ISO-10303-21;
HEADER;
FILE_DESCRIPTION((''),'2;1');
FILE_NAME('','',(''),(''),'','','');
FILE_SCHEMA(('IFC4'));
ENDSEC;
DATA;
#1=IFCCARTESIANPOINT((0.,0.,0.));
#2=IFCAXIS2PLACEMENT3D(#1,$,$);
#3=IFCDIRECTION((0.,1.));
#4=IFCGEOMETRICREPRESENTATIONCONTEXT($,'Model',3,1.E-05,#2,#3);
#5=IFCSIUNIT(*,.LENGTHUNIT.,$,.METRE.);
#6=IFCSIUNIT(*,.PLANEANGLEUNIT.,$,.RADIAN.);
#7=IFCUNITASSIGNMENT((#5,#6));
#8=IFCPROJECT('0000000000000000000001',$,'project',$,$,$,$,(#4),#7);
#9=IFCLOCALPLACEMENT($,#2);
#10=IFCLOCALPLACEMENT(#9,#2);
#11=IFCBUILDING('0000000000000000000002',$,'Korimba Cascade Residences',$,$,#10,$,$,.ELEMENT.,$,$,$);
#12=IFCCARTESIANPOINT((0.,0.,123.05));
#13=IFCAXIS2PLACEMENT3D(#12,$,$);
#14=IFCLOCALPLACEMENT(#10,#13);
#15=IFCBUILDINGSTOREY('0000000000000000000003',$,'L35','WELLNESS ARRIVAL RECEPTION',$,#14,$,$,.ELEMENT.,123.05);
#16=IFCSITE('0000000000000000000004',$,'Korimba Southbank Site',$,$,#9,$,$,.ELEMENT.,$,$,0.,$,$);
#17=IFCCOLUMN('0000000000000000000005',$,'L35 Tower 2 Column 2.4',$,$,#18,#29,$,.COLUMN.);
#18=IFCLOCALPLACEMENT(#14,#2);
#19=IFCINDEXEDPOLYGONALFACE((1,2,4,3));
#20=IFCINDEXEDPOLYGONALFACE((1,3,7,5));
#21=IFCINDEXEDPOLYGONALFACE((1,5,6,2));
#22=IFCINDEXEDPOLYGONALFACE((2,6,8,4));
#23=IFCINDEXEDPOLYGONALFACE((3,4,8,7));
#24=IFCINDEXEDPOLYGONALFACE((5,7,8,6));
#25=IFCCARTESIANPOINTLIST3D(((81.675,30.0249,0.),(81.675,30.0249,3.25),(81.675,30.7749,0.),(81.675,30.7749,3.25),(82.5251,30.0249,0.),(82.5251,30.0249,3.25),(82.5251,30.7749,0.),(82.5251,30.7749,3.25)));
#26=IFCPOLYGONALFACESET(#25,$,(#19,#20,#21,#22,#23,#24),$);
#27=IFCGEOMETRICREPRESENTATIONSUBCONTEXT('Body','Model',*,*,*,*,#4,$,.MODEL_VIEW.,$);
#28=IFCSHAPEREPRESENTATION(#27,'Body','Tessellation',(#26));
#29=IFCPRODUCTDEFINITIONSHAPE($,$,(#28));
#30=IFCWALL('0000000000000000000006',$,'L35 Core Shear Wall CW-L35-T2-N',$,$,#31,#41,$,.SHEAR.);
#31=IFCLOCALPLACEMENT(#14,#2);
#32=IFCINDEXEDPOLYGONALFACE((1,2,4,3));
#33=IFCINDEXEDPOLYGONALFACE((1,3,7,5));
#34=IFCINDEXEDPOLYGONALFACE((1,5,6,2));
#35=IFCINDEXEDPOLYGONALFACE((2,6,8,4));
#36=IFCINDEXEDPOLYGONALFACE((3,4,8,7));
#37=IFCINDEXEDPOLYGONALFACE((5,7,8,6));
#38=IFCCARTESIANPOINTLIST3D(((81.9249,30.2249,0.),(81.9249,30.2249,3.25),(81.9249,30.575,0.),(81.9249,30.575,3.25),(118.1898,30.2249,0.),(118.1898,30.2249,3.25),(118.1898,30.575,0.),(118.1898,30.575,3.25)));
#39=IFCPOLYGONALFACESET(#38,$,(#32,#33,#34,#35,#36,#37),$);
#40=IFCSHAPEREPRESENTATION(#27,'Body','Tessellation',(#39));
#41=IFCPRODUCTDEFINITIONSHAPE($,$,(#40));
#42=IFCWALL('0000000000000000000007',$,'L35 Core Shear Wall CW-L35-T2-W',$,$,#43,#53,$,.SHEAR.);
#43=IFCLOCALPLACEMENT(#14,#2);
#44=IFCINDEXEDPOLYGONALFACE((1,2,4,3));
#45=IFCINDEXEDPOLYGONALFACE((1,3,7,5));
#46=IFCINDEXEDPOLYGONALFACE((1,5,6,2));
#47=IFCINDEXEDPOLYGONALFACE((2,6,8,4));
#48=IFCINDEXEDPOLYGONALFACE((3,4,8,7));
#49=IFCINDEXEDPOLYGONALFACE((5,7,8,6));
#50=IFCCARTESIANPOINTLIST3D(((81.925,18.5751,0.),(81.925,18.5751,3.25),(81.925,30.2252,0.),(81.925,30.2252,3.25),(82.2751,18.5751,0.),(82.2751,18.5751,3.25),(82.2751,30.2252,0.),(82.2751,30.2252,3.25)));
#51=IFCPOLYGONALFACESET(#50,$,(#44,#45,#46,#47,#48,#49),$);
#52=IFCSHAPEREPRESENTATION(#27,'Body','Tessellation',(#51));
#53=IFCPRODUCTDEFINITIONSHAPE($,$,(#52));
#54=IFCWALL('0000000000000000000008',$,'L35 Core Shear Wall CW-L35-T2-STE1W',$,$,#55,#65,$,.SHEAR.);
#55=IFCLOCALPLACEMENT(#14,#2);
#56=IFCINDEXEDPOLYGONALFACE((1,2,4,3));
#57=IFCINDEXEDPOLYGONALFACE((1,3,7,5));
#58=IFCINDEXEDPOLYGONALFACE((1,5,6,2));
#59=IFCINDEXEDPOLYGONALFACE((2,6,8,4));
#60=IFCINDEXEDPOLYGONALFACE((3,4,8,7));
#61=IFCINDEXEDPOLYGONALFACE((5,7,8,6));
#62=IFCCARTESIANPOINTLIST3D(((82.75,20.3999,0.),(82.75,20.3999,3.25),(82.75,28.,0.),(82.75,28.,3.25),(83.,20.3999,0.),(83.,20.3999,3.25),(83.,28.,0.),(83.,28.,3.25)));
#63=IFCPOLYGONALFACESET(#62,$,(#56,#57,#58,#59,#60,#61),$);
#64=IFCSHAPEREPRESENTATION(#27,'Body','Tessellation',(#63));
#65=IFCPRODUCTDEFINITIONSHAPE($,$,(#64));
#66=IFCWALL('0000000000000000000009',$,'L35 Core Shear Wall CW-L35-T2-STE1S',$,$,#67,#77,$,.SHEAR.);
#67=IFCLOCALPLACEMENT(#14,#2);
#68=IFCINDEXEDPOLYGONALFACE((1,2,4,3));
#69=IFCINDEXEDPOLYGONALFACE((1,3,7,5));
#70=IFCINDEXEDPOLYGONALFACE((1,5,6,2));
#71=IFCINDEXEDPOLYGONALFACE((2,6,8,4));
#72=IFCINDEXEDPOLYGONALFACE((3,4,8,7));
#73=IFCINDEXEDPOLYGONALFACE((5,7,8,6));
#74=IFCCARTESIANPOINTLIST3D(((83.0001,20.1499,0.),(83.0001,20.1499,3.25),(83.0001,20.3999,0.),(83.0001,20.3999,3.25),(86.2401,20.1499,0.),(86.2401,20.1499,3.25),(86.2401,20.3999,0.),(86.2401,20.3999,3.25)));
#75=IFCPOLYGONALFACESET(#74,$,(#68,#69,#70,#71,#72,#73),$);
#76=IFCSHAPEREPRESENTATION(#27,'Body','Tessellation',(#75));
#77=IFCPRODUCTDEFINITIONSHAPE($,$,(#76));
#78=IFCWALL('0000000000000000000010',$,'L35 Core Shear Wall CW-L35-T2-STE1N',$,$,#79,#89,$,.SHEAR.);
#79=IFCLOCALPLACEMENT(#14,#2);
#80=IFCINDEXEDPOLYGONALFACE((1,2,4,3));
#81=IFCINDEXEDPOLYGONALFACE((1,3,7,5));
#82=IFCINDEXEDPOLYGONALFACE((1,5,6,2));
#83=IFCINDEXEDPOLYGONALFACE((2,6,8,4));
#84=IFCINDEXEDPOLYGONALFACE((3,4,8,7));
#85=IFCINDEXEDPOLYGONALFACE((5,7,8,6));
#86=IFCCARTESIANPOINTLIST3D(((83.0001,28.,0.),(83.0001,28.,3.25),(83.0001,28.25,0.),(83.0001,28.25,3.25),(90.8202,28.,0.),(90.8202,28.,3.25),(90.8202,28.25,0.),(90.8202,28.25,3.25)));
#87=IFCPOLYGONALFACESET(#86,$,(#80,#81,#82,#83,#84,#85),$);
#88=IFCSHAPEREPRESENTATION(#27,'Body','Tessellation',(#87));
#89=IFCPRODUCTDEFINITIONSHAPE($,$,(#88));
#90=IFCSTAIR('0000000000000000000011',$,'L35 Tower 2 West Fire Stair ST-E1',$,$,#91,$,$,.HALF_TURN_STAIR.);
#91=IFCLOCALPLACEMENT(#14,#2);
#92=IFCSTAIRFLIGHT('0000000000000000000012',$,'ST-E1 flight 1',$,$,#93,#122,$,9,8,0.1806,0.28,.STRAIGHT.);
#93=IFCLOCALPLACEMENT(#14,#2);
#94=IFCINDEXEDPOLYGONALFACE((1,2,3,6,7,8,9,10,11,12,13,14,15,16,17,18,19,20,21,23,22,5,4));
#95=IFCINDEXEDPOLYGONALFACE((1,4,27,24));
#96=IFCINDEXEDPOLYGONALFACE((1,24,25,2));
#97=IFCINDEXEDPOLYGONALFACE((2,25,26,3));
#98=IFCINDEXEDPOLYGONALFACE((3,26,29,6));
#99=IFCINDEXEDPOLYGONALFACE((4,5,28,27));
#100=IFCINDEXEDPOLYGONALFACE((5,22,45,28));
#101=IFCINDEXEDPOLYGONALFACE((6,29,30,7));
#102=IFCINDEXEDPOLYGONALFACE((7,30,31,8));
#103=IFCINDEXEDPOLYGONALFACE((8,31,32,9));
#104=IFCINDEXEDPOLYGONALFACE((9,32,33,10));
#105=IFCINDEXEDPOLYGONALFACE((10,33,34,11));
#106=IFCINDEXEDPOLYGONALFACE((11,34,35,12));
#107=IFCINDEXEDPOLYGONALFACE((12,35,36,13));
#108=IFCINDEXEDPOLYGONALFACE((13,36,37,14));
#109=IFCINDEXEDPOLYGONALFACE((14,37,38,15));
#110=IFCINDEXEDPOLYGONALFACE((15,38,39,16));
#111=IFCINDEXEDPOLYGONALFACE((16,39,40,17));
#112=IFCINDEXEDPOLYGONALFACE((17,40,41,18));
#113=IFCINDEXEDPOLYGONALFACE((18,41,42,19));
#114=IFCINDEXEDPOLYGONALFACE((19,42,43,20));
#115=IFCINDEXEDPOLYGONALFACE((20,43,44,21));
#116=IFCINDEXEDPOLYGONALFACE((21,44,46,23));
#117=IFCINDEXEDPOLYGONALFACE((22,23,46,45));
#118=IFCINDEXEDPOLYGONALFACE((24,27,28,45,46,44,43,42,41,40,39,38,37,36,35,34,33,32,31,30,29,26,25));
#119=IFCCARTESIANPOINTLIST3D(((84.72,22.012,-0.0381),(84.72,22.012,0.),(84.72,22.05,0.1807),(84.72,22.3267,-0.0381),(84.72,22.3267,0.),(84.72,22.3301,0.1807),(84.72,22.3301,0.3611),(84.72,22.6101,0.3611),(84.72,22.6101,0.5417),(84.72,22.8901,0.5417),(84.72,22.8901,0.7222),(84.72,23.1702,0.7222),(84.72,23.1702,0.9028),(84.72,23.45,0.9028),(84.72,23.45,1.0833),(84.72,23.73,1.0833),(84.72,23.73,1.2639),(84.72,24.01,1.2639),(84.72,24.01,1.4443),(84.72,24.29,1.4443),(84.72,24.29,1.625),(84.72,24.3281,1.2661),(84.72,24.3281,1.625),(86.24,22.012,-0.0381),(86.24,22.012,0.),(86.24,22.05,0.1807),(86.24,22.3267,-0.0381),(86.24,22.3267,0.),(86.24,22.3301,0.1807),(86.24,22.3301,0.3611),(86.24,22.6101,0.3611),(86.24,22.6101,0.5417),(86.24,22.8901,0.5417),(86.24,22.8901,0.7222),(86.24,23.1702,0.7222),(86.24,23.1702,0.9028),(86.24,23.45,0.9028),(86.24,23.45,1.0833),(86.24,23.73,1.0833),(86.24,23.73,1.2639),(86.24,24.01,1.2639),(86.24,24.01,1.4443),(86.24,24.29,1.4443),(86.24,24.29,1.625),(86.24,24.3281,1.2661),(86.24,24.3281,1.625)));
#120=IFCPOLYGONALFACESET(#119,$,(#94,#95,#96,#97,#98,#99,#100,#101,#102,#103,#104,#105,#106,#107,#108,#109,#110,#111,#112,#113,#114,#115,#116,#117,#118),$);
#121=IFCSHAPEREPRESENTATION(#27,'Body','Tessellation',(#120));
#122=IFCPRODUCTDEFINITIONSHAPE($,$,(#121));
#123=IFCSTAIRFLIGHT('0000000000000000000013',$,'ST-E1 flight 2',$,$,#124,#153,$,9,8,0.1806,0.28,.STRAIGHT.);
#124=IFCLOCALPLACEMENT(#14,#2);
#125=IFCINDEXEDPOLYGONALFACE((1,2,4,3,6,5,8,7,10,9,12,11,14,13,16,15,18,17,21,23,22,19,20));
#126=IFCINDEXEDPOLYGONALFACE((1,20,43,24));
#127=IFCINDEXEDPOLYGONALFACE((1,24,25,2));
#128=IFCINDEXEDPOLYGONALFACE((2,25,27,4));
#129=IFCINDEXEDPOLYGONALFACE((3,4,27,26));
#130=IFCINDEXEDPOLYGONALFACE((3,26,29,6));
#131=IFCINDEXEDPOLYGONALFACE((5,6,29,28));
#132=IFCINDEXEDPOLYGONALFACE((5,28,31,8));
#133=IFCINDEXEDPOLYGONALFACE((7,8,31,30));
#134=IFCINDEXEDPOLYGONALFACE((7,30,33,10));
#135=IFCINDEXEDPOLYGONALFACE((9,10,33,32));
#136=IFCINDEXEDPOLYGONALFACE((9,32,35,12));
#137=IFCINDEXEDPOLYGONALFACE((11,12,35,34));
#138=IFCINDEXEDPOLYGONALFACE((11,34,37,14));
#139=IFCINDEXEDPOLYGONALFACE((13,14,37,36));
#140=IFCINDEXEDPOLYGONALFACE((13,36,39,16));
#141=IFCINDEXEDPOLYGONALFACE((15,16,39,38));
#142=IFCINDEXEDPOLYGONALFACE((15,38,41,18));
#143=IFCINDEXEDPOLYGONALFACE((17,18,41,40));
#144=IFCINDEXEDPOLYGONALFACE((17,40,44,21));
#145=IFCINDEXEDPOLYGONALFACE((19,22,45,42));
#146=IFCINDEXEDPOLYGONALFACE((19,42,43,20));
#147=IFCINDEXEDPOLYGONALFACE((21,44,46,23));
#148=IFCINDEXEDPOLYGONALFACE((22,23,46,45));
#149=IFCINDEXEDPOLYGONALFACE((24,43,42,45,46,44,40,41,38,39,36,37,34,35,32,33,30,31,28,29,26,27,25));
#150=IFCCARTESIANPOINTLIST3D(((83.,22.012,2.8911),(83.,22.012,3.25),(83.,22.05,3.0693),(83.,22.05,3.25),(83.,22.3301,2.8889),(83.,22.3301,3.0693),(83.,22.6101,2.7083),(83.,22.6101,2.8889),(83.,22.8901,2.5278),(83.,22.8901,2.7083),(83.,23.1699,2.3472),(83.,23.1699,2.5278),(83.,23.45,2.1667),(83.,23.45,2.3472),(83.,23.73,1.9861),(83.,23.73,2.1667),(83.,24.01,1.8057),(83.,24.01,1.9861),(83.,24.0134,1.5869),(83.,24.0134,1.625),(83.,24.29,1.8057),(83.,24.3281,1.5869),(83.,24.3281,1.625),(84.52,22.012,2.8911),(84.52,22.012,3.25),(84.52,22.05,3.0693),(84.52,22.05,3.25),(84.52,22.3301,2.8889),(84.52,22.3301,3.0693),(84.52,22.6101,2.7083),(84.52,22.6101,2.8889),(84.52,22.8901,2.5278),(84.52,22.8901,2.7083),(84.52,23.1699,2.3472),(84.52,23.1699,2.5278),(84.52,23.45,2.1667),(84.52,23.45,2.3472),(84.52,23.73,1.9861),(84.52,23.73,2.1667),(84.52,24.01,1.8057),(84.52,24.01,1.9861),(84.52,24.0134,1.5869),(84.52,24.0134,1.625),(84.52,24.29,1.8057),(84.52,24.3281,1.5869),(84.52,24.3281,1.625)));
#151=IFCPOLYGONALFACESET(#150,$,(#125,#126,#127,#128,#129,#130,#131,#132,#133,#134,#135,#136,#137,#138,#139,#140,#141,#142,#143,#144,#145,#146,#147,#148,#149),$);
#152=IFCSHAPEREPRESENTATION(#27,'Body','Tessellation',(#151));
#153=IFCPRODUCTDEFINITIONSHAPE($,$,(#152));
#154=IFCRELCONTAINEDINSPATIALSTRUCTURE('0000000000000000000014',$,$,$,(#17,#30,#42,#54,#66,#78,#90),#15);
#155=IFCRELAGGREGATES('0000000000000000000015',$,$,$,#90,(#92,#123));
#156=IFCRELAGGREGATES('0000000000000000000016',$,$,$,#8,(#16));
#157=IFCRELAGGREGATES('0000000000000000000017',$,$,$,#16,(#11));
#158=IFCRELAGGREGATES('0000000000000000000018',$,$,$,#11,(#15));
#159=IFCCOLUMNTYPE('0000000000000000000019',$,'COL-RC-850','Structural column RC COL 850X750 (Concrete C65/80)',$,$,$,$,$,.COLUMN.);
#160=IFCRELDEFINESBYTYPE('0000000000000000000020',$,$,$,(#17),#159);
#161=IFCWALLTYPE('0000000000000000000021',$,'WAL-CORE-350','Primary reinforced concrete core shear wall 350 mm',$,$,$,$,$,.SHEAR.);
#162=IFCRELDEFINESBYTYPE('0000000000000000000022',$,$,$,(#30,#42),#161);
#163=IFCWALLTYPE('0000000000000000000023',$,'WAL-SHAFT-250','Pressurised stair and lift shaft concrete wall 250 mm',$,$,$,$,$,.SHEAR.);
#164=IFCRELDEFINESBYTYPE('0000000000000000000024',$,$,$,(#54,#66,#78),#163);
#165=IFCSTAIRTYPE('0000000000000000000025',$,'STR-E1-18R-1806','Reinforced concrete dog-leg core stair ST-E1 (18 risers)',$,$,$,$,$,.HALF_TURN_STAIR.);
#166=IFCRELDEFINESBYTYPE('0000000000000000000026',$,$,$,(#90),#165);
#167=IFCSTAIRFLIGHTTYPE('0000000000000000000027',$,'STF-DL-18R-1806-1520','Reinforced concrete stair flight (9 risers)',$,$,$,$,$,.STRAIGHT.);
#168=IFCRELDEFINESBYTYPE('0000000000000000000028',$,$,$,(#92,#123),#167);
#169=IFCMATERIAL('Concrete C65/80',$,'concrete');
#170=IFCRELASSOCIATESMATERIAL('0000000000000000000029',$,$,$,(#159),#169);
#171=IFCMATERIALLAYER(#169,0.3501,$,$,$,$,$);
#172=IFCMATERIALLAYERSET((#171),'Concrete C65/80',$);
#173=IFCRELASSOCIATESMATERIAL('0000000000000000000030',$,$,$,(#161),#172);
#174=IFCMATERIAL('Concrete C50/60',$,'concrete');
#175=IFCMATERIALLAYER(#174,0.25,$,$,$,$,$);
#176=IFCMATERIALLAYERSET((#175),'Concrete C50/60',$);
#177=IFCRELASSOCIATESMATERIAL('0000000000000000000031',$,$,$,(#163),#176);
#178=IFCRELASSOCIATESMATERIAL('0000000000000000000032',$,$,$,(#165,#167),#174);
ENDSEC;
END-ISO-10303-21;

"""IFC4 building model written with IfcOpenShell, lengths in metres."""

from ifc_helpers import new_model, si_unit, direction, frame, frame_2d, origin, origin_2d, place, context, subcontext, project, spatial, polyline, rectangle, outline, extrude, material, layer, layer_set, material_profile, profile_set, type_object, element, aggregate, save


model = new_model("IFC4")

# Units and contexts
model_context = context("Model", 3, precision=1e-05, world=origin(), true_north=direction((0.0, 1.0)))
body_context = subcontext(model_context, "Body", "Model", "MODEL_VIEW")
ifc_project = project(units=[si_unit("LENGTHUNIT", "METRE"), si_unit("PLANEANGLEUNIT", "RADIAN")], contexts=[model_context])

# Site, building, storey
site_placement = place(None, origin())
site = spatial("IfcSite", under=ifc_project, at=site_placement, Name="Korimba Southbank Site", CompositionType="ELEMENT", RefElevation=0.0)
building_placement = place(site_placement, origin())
building = spatial("IfcBuilding", under=site, at=building_placement, Name="Korimba Cascade Residences", CompositionType="ELEMENT")
storey_placement = place(building_placement, frame((0.0, 0.0, 123.05)))
storey = spatial("IfcBuildingStorey", under=building, at=storey_placement, Name="L35", Description="WELLNESS ARRIVAL RECEPTION", CompositionType="ELEMENT", Elevation=123.05)

# Column
ifc_material_1 = material(Name="Concrete C65/80", Category="concrete")
ifc_material_profile = material_profile(ifc_material_1, rectangle(XDim=0.8501, YDim=0.75, at=origin_2d()), Name="Concrete C65/80")
ifc_profile_set = profile_set([ifc_material_profile], Name="Concrete C65/80")
column_type = type_object("IfcColumnType", Name="COL-RC-850", Description="Structural column RC COL 850X750 (Concrete C65/80)", PredefinedType="COLUMN", material=ifc_profile_set)
column_placement = place(storey_placement, frame((82.1001, 30.3999, 0.0), z_axis=(0.0, 0.0, 1.0), x_axis=(1.0, 0.0, 0.0)))
element("IfcColumn", 1, at=column_placement, inside=storey, type_object=column_type, Name="L35 Tower 2 Column 2.4", PredefinedType="COLUMN", context=body_context, shape_type="SweptSolid", body=[
    extrude(rectangle(XDim=0.8501, YDim=0.75, at=origin_2d()), origin(), (0.0, 0.0, 1.0), 3.25),
])

# Walls
ifc_layer_1 = layer(ifc_material_1, 0.3501)
ifc_layer_set_1 = layer_set([ifc_layer_1], Name="Concrete C65/80")
wall_type_1 = type_object("IfcWallType", Name="WAL-CORE-350", Description="Primary reinforced concrete core shear wall 350 mm", PredefinedType="SHEAR", material=ifc_layer_set_1)
wall_1_placement = place(storey_placement, frame((81.925, 30.3999, 0.0), z_axis=(0.0, 0.0, 1.0), x_axis=(1.0, 0.0, 0.0)))
element("IfcWall", 2, at=wall_1_placement, inside=storey, type_object=wall_type_1, Name="L35 Core Shear Wall CW-L35-T2-N", PredefinedType="SHEAR", context=body_context, shape_type="SweptSolid", body=[
    extrude(rectangle(XDim=36.2649, YDim=0.3501, at=frame_2d((18.1323, 0.0))), origin(), (0.0, 0.0, 1.0), 3.25),
])
wall_2_placement = place(storey_placement, frame((82.1001, 18.575, 0.0), z_axis=(0.0, 0.0, 1.0), x_axis=(0.0, 1.0, 0.0)))
element("IfcWall", 3, at=wall_2_placement, inside=storey, type_object=wall_type_1, Name="L35 Core Shear Wall CW-L35-T2-W", PredefinedType="SHEAR", context=body_context, shape_type="SweptSolid", body=[
    extrude(rectangle(XDim=11.6501, YDim=0.3501, at=frame_2d((5.8252, 0.0))), origin(), (0.0, 0.0, 1.0), 3.25),
])
ifc_material_2 = material(Name="Concrete C50/60", Category="concrete")
ifc_layer_2 = layer(ifc_material_2, 0.25)
ifc_layer_set_2 = layer_set([ifc_layer_2], Name="Concrete C50/60")
wall_type_2 = type_object("IfcWallType", Name="WAL-SHAFT-250", Description="Pressurised stair and lift shaft concrete wall 250 mm", PredefinedType="SHEAR", material=ifc_layer_set_2)
wall_3_placement = place(storey_placement, frame((82.875, 20.3999, 0.0), z_axis=(0.0, 0.0, 1.0), x_axis=(0.0, 1.0, 0.0)))
element("IfcWall", 4, at=wall_3_placement, inside=storey, type_object=wall_type_2, Name="L35 Core Shear Wall CW-L35-T2-STE1W", PredefinedType="SHEAR", context=body_context, shape_type="SweptSolid", body=[
    extrude(rectangle(XDim=7.6001, YDim=0.25, at=frame_2d((3.8, 0.0))), origin(), (0.0, 0.0, 1.0), 3.25),
])
wall_4_placement = place(storey_placement, frame((83.0, 20.2749, 0.0), z_axis=(0.0, 0.0, 1.0), x_axis=(1.0, 0.0, 0.0)))
element("IfcWall", 5, at=wall_4_placement, inside=storey, type_object=wall_type_2, Name="L35 Core Shear Wall CW-L35-T2-STE1S", PredefinedType="SHEAR", context=body_context, shape_type="SweptSolid", body=[
    extrude(rectangle(XDim=3.24, YDim=0.25, at=frame_2d((1.6201, 0.0))), origin(), (0.0, 0.0, 1.0), 3.25),
])
wall_5_placement = place(storey_placement, frame((83.0, 28.125, 0.0), z_axis=(0.0, 0.0, 1.0), x_axis=(1.0, 0.0, 0.0)))
element("IfcWall", 6, at=wall_5_placement, inside=storey, type_object=wall_type_2, Name="L35 Core Shear Wall CW-L35-T2-STE1N", PredefinedType="SHEAR", context=body_context, shape_type="SweptSolid", body=[
    extrude(rectangle(XDim=7.8201, YDim=0.25, at=frame_2d((3.9102, 0.0))), origin(), (0.0, 0.0, 1.0), 3.25),
])

# Stair, stair flights
stair_type = type_object("IfcStairType", Name="STR-E1-18R-1806", Description="Reinforced concrete dog-leg core stair ST-E1 (18 risers)", PredefinedType="HALF_TURN_STAIR", material=ifc_material_2)
stair_placement = place(storey_placement, origin())
stair = element("IfcStair", 7, at=stair_placement, inside=storey, type_object=stair_type, Name="L35 Tower 2 West Fire Stair ST-E1", PredefinedType="HALF_TURN_STAIR")
stair_flight_type = type_object("IfcStairFlightType", Name="STF-DL-18R-1806-1520", Description="Reinforced concrete stair flight (9 risers)", PredefinedType="STRAIGHT", material=ifc_material_2)
stair_flight_1_placement = place(storey_placement, frame((85.48, 22.05, 0.0), z_axis=(0.0, 0.0, 1.0), x_axis=(0.0, 1.0, 0.0)))
stair_flight_1 = element("IfcStairFlight", 8, at=stair_flight_1_placement, type_object=stair_flight_type, Name="ST-E1 flight 1", NumberOfRisers=9, NumberOfTreads=8, PredefinedType="STRAIGHT", RiserHeight=0.1806, TreadLength=0.28, context=body_context, shape_type="SweptSolid", body=[
    extrude(outline(polyline([(-0.0381, 0.0), (0.0, 0.1807), (0.28, 0.1807), (0.28, 0.3611), (0.5601, 0.3611), (0.5601, 0.5417), (0.8401, 0.5417), (0.8401, 0.7222), (1.1201, 0.7222), (1.1201, 0.9028), (1.3999, 0.9028), (1.3999, 1.0833), (1.6799, 1.0833), (1.6799, 1.2639), (1.96, 1.2639), (1.96, 1.4443), (2.24, 1.4443), (2.24, 1.625), (2.2781, 1.625), (2.2781, 1.2661), (0.2766, 0.0), (0.2766, -0.0381), (-0.0381, -0.0381), (-0.0381, 0.0)])), frame((0.0, 0.76, 0.0), z_axis=(0.0, -1.0, 0.0), x_axis=(1.0, 0.0, 0.0)), (0.0, 0.0, 1.0), 1.52),
])
stair_flight_2_placement = place(storey_placement, frame((83.76, 24.29, 1.625), z_axis=(0.0, 0.0, 1.0), x_axis=(0.0, -1.0, 0.0)))
stair_flight_2 = element("IfcStairFlight", 9, at=stair_flight_2_placement, type_object=stair_flight_type, Name="ST-E1 flight 2", NumberOfRisers=9, NumberOfTreads=8, PredefinedType="STRAIGHT", RiserHeight=0.1806, TreadLength=0.28, context=body_context, shape_type="SweptSolid", body=[
    extrude(outline(polyline([(-0.0381, 0.0), (0.0, 0.1807), (0.28, 0.1807), (0.28, 0.3611), (0.5601, 0.3611), (0.5601, 0.5417), (0.8401, 0.5417), (0.8401, 0.7222), (1.1201, 0.7222), (1.1201, 0.9028), (1.3999, 0.9028), (1.3999, 1.0833), (1.6799, 1.0833), (1.6799, 1.2639), (1.96, 1.2639), (1.96, 1.4443), (2.24, 1.4443), (2.24, 1.625), (2.2781, 1.625), (2.2781, 1.2661), (0.2766, 0.0), (0.2766, -0.0381), (-0.0381, -0.0381), (-0.0381, 0.0)])), frame((0.0, 0.76, 0.0), z_axis=(0.0, -1.0, 0.0), x_axis=(1.0, 0.0, 0.0)), (0.0, 0.0, 1.0), 1.52),
])
aggregate(stair, [stair_flight_1, stair_flight_2])

save(model, "model.ifc")
